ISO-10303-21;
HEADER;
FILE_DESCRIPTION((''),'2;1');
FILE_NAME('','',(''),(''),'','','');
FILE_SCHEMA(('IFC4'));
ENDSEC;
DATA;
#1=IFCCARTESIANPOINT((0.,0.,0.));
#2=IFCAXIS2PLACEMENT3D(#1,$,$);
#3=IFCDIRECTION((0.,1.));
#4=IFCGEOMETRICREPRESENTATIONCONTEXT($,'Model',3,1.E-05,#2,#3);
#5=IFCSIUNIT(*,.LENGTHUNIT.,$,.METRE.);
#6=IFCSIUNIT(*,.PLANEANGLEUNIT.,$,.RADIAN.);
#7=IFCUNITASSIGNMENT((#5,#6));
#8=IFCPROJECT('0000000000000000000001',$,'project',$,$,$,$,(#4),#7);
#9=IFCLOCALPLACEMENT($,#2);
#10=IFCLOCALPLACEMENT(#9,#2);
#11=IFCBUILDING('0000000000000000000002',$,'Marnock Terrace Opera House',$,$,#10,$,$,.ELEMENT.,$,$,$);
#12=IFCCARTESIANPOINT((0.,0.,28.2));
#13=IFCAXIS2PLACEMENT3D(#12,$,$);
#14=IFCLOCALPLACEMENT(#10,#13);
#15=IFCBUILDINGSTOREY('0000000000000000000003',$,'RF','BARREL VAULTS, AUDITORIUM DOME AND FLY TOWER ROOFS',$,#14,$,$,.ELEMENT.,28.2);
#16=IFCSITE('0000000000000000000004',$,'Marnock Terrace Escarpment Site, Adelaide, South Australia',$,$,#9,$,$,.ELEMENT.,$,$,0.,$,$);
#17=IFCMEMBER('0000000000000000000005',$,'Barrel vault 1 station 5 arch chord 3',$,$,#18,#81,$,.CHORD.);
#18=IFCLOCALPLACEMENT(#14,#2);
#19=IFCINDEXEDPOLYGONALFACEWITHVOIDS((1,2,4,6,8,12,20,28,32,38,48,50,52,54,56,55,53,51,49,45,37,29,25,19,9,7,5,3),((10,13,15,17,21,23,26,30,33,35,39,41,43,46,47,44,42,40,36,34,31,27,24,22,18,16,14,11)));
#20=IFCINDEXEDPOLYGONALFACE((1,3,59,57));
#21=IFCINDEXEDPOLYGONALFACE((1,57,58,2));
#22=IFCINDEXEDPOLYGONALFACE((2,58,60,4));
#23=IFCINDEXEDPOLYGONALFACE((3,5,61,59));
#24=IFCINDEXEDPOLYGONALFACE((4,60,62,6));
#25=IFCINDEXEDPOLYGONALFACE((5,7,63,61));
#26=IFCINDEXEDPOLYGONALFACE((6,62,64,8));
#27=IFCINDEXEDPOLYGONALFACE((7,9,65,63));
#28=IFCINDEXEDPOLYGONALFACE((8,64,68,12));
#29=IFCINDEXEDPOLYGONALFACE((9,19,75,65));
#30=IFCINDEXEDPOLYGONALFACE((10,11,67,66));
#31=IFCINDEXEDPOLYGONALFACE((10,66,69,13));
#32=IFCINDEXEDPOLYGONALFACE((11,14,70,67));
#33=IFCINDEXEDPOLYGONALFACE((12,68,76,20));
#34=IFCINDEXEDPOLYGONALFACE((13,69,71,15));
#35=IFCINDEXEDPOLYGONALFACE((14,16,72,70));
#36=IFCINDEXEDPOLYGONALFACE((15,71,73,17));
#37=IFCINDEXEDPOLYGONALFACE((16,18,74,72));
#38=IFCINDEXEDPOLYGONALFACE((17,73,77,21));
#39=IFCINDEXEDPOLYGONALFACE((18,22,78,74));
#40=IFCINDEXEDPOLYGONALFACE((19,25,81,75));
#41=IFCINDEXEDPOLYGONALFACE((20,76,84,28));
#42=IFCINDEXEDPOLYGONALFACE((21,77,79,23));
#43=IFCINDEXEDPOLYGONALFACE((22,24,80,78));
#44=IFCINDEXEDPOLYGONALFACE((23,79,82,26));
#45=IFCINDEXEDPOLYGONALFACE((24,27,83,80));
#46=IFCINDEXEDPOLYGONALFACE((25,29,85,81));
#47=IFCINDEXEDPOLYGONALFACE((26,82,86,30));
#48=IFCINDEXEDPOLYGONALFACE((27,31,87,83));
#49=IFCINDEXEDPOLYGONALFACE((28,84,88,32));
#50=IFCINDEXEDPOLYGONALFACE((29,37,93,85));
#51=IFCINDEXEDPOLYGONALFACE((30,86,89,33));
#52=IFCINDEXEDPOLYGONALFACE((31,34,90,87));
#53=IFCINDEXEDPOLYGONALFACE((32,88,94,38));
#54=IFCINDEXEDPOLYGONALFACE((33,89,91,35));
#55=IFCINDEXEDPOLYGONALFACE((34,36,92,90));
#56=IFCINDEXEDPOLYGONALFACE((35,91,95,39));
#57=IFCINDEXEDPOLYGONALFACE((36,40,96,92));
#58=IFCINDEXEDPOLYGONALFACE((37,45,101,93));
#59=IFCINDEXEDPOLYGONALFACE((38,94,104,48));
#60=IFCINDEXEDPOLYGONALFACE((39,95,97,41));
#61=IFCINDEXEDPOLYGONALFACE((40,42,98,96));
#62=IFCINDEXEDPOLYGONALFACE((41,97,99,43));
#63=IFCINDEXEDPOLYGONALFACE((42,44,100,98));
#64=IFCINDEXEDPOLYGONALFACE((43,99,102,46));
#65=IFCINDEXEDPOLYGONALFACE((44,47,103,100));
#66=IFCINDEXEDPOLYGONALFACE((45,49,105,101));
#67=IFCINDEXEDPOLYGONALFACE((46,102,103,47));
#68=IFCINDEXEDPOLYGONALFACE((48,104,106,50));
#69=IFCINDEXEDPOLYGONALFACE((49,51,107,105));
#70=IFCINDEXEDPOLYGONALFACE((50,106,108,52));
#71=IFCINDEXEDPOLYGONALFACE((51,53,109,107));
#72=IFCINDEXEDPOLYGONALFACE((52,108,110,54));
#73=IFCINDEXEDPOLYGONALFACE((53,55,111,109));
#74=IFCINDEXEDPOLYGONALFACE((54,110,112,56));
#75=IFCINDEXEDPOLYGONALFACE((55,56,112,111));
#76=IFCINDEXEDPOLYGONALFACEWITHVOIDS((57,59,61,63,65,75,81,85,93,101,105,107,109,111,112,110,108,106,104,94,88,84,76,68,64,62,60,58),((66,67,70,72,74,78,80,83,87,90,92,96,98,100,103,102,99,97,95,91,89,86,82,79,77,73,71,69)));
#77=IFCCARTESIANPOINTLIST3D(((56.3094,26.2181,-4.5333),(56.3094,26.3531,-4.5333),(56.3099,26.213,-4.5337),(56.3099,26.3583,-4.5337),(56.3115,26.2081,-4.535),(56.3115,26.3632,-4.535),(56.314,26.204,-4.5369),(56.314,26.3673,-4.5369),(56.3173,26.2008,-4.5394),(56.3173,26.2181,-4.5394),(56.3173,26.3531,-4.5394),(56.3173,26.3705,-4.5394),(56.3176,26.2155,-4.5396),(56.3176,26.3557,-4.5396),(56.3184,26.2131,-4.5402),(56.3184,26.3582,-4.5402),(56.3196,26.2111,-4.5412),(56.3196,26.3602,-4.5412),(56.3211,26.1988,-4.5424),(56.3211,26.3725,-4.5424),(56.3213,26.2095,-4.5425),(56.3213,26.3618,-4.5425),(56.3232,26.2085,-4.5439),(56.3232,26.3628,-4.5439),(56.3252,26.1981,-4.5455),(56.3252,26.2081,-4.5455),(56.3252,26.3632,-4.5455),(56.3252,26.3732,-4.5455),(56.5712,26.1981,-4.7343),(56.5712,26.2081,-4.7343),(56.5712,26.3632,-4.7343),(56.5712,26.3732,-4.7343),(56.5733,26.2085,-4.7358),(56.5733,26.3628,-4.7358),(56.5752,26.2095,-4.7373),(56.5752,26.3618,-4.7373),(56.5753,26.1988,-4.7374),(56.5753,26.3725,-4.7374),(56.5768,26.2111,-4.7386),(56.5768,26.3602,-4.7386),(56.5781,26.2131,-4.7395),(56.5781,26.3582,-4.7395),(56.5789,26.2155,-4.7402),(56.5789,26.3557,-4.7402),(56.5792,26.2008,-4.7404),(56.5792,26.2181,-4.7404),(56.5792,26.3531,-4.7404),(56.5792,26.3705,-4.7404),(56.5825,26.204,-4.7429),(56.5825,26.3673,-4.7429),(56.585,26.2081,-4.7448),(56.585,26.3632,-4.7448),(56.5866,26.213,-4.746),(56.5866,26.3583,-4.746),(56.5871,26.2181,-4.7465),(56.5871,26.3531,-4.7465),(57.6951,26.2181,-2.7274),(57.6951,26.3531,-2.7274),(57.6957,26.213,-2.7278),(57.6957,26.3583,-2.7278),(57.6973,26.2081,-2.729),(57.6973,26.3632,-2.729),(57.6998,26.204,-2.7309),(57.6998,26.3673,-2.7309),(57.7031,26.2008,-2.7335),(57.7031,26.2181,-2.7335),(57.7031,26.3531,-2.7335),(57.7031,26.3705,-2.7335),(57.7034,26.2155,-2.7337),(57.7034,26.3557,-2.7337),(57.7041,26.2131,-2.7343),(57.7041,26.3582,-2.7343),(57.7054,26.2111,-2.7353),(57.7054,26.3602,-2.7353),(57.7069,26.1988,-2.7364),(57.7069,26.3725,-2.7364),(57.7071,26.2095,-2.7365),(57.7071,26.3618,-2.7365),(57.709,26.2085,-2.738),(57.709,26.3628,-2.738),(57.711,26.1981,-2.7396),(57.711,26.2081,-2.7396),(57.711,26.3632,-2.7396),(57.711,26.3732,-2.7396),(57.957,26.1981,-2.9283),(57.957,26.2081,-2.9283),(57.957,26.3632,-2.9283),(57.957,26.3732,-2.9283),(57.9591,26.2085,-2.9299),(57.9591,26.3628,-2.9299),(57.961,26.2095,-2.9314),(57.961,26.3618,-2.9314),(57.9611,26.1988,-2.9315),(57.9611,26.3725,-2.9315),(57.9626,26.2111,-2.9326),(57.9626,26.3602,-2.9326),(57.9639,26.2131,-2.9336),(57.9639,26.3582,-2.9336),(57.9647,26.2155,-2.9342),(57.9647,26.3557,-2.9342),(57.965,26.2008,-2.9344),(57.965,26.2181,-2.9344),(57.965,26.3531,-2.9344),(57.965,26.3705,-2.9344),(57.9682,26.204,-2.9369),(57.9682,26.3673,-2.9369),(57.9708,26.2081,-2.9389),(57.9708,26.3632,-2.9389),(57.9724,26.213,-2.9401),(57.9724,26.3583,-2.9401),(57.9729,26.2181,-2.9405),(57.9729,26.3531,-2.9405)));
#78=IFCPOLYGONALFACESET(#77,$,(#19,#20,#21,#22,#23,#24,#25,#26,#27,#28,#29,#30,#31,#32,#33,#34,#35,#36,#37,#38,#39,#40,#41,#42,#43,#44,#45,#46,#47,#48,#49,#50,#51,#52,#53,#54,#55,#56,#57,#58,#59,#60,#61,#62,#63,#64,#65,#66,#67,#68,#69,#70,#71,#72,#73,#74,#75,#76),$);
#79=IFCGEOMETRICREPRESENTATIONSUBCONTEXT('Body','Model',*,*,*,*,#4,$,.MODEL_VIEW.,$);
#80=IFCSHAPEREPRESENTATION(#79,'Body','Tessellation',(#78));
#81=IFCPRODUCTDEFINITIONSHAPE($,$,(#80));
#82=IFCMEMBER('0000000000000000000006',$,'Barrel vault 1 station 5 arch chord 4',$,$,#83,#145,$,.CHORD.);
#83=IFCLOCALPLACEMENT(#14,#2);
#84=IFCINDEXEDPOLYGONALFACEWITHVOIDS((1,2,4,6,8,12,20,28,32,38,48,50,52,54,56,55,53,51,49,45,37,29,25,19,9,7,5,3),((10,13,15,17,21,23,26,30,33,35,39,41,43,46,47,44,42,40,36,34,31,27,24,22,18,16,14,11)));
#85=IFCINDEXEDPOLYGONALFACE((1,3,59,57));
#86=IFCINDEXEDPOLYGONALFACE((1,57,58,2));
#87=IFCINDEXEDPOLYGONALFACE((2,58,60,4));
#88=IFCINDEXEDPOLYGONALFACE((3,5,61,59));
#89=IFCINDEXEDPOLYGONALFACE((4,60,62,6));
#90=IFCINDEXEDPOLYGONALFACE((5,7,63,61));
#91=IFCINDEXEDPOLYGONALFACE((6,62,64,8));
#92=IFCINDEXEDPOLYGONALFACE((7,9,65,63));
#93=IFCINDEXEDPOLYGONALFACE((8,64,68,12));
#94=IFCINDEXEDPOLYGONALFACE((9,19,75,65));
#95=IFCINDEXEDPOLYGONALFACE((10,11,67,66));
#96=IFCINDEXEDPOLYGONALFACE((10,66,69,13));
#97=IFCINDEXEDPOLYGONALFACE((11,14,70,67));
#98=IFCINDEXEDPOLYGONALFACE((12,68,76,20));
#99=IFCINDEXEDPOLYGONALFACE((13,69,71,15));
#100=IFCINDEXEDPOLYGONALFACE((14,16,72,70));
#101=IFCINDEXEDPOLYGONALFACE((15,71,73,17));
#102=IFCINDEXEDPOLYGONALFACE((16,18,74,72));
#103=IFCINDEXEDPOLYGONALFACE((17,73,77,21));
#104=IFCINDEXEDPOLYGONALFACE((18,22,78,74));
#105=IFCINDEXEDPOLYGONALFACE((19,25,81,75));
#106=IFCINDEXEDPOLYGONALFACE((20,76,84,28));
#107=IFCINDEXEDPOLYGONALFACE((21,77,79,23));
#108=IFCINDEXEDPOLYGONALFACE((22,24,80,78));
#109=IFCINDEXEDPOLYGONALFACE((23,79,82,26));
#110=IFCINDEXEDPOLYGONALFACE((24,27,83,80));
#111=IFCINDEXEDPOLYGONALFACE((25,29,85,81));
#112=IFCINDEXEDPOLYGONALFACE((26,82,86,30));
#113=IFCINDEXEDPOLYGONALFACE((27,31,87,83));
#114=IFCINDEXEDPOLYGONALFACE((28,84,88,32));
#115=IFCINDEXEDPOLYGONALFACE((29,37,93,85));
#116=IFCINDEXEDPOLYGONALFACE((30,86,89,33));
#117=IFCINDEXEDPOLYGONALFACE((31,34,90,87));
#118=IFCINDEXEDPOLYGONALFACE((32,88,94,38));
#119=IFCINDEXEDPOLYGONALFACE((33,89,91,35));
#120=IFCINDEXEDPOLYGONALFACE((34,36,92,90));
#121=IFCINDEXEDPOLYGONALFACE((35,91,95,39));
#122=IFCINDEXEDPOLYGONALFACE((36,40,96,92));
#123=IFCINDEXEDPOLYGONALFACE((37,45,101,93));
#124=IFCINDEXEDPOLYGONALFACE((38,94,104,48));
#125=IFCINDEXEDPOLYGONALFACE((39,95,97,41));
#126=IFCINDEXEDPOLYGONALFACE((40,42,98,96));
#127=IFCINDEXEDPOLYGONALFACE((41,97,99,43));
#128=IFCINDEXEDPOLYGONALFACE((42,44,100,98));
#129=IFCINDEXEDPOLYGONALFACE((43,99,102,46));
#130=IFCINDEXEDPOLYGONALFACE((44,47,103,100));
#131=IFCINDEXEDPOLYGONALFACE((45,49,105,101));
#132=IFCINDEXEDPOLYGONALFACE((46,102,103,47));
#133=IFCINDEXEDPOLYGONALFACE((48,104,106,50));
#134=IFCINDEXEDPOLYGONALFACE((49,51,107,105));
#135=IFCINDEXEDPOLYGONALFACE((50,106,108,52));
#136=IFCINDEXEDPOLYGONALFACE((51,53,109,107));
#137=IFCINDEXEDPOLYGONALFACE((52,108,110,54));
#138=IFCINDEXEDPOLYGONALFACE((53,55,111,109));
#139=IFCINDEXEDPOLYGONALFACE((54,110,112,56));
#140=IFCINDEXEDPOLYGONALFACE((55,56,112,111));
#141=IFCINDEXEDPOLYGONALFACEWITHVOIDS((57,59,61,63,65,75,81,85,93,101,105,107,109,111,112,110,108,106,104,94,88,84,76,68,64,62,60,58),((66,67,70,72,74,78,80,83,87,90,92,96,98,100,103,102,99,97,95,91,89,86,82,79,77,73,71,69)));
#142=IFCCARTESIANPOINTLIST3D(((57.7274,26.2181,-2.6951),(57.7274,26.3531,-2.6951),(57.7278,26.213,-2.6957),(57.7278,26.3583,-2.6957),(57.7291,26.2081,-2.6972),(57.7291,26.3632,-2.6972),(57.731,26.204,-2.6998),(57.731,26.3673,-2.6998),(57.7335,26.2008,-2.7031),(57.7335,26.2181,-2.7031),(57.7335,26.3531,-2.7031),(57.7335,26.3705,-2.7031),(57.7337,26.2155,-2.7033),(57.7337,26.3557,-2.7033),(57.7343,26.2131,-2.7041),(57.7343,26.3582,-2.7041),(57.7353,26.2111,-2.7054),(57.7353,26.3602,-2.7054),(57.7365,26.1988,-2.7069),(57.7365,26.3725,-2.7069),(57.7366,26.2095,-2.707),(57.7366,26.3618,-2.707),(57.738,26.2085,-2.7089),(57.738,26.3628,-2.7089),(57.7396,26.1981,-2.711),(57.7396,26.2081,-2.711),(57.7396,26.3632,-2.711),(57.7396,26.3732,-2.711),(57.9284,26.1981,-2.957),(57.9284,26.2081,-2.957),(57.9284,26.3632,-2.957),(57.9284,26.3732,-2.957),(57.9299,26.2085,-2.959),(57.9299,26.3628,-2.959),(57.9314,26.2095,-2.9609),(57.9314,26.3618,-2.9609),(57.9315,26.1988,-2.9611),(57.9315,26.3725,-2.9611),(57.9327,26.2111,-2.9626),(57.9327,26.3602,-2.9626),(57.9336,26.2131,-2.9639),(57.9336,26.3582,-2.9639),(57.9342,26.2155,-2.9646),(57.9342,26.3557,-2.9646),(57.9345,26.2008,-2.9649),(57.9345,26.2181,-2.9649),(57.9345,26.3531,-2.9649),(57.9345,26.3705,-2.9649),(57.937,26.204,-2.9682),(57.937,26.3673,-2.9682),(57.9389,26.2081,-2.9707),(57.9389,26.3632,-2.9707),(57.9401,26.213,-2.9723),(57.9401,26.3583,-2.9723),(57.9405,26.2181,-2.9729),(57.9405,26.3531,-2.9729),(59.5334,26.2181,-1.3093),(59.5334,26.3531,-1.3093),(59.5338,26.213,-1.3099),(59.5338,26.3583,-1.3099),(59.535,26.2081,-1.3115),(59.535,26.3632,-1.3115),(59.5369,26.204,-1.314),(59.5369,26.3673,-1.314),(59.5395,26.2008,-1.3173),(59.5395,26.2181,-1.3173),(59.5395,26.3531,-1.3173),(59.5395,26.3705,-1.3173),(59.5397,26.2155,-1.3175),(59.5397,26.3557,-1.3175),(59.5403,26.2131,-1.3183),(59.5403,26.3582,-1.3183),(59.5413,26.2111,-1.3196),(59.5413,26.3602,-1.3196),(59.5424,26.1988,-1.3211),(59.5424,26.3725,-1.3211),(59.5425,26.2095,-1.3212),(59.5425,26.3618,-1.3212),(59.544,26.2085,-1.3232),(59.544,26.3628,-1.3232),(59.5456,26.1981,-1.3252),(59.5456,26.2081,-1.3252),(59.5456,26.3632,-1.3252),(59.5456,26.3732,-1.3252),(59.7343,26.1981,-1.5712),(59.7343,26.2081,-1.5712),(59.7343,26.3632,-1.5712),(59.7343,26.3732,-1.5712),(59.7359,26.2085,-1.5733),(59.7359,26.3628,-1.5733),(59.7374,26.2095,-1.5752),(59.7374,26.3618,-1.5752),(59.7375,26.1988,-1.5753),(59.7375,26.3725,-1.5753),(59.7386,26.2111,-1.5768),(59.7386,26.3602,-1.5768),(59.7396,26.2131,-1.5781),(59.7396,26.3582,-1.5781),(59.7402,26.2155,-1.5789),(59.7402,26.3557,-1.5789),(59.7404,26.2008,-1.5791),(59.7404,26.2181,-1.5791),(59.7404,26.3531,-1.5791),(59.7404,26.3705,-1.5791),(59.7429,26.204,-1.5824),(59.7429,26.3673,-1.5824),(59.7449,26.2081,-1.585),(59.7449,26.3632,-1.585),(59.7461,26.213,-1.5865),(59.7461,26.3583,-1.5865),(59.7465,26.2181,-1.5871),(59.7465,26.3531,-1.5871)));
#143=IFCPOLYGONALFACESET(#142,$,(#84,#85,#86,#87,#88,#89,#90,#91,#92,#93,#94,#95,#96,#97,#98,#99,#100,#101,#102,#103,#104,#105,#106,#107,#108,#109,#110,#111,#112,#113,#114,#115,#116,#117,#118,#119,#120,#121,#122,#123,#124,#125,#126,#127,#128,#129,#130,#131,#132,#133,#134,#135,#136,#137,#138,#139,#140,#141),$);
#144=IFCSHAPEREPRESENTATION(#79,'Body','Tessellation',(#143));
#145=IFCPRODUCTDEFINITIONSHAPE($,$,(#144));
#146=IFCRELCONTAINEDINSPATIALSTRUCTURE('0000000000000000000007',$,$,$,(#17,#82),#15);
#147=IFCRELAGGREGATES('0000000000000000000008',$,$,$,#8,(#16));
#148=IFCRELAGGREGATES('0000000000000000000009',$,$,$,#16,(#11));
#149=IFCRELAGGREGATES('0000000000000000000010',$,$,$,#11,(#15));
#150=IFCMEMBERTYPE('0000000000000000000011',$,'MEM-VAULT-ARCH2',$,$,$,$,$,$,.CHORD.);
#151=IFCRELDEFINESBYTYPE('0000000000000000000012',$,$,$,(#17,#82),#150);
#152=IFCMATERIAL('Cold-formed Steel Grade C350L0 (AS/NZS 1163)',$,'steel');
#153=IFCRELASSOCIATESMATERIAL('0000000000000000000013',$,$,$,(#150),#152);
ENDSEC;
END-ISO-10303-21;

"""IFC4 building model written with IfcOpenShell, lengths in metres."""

from ifc_helpers import new_model, si_unit, direction, frame, origin, origin_2d, place, context, subcontext, project, spatial, hollow_rectangle, extrude, material, material_profile, profile_set, type_object, element, save


model = new_model("IFC4")

# Units and contexts
model_context = context("Model", 3, precision=1e-05, world=origin(), true_north=direction((0.0, 1.0)))
body_context = subcontext(model_context, "Body", "Model", "MODEL_VIEW")
ifc_project = project(units=[si_unit("LENGTHUNIT", "METRE"), si_unit("PLANEANGLEUNIT", "RADIAN")], contexts=[model_context])

# Site, building, storey
site_placement = place(None, origin())
site = spatial("IfcSite", under=ifc_project, at=site_placement, Name="Marnock Terrace Escarpment Site, Adelaide, South Australia", CompositionType="ELEMENT", RefElevation=0.0)
building_placement = place(site_placement, origin())
building = spatial("IfcBuilding", under=site, at=building_placement, Name="Marnock Terrace Opera House", CompositionType="ELEMENT")
storey_placement = place(building_placement, frame((0.0, 0.0, 28.2)))
storey = spatial("IfcBuildingStorey", under=building, at=storey_placement, Name="RF", Description="BARREL VAULTS, AUDITORIUM DOME AND FLY TOWER ROOFS", CompositionType="ELEMENT", Elevation=28.2)

# Members
ifc_material_1 = material(Name="Cold-formed Steel Grade C350L0 (AS/NZS 1163)", Category="steel")
ifc_material_profile_1 = material_profile(ifc_material_1, hollow_rectangle(XDim=0.175, YDim=0.3501, WallThickness=0.01, InnerFilletRadius=0.01, OuterFilletRadius=0.02, at=origin_2d()))
ifc_profile_set_1 = profile_set([ifc_material_profile_1], Name="Cold-formed Steel Grade C350L0 (AS/NZS 1163)")
member_type_1 = type_object("IfcMemberType", Name="MEM-VAULT-ARCH2", PredefinedType="CHORD", material=ifc_profile_set_1)
for number, where, z_axis, x_axis, name in (
    (1, (56.4482, 26.2856, -4.6399), (0.608767, 0.0, 0.793349), (0.0, 1.0, 0.0), "Barrel vault 1 station 5 arch chord 3"),
    (2, (57.834, 26.2856, -2.834), (0.793349, 0.0, 0.608767), (0.0, 1.0, 0.0), "Barrel vault 1 station 5 arch chord 4"),
):
    element("IfcMember", number, at=place(storey_placement, frame(where, z_axis=z_axis, x_axis=x_axis)), inside=storey, type_object=member_type_1, Name=name, PredefinedType="CHORD", context=body_context, shape_type="SweptSolid", body=[
        extrude(hollow_rectangle(XDim=0.175, YDim=0.3501, WallThickness=0.01, InnerFilletRadius=0.01, OuterFilletRadius=0.02, at=origin_2d()), origin(), (0.0, 0.0, 1.0), 2.2764),
    ])

save(model, "model.ifc")
